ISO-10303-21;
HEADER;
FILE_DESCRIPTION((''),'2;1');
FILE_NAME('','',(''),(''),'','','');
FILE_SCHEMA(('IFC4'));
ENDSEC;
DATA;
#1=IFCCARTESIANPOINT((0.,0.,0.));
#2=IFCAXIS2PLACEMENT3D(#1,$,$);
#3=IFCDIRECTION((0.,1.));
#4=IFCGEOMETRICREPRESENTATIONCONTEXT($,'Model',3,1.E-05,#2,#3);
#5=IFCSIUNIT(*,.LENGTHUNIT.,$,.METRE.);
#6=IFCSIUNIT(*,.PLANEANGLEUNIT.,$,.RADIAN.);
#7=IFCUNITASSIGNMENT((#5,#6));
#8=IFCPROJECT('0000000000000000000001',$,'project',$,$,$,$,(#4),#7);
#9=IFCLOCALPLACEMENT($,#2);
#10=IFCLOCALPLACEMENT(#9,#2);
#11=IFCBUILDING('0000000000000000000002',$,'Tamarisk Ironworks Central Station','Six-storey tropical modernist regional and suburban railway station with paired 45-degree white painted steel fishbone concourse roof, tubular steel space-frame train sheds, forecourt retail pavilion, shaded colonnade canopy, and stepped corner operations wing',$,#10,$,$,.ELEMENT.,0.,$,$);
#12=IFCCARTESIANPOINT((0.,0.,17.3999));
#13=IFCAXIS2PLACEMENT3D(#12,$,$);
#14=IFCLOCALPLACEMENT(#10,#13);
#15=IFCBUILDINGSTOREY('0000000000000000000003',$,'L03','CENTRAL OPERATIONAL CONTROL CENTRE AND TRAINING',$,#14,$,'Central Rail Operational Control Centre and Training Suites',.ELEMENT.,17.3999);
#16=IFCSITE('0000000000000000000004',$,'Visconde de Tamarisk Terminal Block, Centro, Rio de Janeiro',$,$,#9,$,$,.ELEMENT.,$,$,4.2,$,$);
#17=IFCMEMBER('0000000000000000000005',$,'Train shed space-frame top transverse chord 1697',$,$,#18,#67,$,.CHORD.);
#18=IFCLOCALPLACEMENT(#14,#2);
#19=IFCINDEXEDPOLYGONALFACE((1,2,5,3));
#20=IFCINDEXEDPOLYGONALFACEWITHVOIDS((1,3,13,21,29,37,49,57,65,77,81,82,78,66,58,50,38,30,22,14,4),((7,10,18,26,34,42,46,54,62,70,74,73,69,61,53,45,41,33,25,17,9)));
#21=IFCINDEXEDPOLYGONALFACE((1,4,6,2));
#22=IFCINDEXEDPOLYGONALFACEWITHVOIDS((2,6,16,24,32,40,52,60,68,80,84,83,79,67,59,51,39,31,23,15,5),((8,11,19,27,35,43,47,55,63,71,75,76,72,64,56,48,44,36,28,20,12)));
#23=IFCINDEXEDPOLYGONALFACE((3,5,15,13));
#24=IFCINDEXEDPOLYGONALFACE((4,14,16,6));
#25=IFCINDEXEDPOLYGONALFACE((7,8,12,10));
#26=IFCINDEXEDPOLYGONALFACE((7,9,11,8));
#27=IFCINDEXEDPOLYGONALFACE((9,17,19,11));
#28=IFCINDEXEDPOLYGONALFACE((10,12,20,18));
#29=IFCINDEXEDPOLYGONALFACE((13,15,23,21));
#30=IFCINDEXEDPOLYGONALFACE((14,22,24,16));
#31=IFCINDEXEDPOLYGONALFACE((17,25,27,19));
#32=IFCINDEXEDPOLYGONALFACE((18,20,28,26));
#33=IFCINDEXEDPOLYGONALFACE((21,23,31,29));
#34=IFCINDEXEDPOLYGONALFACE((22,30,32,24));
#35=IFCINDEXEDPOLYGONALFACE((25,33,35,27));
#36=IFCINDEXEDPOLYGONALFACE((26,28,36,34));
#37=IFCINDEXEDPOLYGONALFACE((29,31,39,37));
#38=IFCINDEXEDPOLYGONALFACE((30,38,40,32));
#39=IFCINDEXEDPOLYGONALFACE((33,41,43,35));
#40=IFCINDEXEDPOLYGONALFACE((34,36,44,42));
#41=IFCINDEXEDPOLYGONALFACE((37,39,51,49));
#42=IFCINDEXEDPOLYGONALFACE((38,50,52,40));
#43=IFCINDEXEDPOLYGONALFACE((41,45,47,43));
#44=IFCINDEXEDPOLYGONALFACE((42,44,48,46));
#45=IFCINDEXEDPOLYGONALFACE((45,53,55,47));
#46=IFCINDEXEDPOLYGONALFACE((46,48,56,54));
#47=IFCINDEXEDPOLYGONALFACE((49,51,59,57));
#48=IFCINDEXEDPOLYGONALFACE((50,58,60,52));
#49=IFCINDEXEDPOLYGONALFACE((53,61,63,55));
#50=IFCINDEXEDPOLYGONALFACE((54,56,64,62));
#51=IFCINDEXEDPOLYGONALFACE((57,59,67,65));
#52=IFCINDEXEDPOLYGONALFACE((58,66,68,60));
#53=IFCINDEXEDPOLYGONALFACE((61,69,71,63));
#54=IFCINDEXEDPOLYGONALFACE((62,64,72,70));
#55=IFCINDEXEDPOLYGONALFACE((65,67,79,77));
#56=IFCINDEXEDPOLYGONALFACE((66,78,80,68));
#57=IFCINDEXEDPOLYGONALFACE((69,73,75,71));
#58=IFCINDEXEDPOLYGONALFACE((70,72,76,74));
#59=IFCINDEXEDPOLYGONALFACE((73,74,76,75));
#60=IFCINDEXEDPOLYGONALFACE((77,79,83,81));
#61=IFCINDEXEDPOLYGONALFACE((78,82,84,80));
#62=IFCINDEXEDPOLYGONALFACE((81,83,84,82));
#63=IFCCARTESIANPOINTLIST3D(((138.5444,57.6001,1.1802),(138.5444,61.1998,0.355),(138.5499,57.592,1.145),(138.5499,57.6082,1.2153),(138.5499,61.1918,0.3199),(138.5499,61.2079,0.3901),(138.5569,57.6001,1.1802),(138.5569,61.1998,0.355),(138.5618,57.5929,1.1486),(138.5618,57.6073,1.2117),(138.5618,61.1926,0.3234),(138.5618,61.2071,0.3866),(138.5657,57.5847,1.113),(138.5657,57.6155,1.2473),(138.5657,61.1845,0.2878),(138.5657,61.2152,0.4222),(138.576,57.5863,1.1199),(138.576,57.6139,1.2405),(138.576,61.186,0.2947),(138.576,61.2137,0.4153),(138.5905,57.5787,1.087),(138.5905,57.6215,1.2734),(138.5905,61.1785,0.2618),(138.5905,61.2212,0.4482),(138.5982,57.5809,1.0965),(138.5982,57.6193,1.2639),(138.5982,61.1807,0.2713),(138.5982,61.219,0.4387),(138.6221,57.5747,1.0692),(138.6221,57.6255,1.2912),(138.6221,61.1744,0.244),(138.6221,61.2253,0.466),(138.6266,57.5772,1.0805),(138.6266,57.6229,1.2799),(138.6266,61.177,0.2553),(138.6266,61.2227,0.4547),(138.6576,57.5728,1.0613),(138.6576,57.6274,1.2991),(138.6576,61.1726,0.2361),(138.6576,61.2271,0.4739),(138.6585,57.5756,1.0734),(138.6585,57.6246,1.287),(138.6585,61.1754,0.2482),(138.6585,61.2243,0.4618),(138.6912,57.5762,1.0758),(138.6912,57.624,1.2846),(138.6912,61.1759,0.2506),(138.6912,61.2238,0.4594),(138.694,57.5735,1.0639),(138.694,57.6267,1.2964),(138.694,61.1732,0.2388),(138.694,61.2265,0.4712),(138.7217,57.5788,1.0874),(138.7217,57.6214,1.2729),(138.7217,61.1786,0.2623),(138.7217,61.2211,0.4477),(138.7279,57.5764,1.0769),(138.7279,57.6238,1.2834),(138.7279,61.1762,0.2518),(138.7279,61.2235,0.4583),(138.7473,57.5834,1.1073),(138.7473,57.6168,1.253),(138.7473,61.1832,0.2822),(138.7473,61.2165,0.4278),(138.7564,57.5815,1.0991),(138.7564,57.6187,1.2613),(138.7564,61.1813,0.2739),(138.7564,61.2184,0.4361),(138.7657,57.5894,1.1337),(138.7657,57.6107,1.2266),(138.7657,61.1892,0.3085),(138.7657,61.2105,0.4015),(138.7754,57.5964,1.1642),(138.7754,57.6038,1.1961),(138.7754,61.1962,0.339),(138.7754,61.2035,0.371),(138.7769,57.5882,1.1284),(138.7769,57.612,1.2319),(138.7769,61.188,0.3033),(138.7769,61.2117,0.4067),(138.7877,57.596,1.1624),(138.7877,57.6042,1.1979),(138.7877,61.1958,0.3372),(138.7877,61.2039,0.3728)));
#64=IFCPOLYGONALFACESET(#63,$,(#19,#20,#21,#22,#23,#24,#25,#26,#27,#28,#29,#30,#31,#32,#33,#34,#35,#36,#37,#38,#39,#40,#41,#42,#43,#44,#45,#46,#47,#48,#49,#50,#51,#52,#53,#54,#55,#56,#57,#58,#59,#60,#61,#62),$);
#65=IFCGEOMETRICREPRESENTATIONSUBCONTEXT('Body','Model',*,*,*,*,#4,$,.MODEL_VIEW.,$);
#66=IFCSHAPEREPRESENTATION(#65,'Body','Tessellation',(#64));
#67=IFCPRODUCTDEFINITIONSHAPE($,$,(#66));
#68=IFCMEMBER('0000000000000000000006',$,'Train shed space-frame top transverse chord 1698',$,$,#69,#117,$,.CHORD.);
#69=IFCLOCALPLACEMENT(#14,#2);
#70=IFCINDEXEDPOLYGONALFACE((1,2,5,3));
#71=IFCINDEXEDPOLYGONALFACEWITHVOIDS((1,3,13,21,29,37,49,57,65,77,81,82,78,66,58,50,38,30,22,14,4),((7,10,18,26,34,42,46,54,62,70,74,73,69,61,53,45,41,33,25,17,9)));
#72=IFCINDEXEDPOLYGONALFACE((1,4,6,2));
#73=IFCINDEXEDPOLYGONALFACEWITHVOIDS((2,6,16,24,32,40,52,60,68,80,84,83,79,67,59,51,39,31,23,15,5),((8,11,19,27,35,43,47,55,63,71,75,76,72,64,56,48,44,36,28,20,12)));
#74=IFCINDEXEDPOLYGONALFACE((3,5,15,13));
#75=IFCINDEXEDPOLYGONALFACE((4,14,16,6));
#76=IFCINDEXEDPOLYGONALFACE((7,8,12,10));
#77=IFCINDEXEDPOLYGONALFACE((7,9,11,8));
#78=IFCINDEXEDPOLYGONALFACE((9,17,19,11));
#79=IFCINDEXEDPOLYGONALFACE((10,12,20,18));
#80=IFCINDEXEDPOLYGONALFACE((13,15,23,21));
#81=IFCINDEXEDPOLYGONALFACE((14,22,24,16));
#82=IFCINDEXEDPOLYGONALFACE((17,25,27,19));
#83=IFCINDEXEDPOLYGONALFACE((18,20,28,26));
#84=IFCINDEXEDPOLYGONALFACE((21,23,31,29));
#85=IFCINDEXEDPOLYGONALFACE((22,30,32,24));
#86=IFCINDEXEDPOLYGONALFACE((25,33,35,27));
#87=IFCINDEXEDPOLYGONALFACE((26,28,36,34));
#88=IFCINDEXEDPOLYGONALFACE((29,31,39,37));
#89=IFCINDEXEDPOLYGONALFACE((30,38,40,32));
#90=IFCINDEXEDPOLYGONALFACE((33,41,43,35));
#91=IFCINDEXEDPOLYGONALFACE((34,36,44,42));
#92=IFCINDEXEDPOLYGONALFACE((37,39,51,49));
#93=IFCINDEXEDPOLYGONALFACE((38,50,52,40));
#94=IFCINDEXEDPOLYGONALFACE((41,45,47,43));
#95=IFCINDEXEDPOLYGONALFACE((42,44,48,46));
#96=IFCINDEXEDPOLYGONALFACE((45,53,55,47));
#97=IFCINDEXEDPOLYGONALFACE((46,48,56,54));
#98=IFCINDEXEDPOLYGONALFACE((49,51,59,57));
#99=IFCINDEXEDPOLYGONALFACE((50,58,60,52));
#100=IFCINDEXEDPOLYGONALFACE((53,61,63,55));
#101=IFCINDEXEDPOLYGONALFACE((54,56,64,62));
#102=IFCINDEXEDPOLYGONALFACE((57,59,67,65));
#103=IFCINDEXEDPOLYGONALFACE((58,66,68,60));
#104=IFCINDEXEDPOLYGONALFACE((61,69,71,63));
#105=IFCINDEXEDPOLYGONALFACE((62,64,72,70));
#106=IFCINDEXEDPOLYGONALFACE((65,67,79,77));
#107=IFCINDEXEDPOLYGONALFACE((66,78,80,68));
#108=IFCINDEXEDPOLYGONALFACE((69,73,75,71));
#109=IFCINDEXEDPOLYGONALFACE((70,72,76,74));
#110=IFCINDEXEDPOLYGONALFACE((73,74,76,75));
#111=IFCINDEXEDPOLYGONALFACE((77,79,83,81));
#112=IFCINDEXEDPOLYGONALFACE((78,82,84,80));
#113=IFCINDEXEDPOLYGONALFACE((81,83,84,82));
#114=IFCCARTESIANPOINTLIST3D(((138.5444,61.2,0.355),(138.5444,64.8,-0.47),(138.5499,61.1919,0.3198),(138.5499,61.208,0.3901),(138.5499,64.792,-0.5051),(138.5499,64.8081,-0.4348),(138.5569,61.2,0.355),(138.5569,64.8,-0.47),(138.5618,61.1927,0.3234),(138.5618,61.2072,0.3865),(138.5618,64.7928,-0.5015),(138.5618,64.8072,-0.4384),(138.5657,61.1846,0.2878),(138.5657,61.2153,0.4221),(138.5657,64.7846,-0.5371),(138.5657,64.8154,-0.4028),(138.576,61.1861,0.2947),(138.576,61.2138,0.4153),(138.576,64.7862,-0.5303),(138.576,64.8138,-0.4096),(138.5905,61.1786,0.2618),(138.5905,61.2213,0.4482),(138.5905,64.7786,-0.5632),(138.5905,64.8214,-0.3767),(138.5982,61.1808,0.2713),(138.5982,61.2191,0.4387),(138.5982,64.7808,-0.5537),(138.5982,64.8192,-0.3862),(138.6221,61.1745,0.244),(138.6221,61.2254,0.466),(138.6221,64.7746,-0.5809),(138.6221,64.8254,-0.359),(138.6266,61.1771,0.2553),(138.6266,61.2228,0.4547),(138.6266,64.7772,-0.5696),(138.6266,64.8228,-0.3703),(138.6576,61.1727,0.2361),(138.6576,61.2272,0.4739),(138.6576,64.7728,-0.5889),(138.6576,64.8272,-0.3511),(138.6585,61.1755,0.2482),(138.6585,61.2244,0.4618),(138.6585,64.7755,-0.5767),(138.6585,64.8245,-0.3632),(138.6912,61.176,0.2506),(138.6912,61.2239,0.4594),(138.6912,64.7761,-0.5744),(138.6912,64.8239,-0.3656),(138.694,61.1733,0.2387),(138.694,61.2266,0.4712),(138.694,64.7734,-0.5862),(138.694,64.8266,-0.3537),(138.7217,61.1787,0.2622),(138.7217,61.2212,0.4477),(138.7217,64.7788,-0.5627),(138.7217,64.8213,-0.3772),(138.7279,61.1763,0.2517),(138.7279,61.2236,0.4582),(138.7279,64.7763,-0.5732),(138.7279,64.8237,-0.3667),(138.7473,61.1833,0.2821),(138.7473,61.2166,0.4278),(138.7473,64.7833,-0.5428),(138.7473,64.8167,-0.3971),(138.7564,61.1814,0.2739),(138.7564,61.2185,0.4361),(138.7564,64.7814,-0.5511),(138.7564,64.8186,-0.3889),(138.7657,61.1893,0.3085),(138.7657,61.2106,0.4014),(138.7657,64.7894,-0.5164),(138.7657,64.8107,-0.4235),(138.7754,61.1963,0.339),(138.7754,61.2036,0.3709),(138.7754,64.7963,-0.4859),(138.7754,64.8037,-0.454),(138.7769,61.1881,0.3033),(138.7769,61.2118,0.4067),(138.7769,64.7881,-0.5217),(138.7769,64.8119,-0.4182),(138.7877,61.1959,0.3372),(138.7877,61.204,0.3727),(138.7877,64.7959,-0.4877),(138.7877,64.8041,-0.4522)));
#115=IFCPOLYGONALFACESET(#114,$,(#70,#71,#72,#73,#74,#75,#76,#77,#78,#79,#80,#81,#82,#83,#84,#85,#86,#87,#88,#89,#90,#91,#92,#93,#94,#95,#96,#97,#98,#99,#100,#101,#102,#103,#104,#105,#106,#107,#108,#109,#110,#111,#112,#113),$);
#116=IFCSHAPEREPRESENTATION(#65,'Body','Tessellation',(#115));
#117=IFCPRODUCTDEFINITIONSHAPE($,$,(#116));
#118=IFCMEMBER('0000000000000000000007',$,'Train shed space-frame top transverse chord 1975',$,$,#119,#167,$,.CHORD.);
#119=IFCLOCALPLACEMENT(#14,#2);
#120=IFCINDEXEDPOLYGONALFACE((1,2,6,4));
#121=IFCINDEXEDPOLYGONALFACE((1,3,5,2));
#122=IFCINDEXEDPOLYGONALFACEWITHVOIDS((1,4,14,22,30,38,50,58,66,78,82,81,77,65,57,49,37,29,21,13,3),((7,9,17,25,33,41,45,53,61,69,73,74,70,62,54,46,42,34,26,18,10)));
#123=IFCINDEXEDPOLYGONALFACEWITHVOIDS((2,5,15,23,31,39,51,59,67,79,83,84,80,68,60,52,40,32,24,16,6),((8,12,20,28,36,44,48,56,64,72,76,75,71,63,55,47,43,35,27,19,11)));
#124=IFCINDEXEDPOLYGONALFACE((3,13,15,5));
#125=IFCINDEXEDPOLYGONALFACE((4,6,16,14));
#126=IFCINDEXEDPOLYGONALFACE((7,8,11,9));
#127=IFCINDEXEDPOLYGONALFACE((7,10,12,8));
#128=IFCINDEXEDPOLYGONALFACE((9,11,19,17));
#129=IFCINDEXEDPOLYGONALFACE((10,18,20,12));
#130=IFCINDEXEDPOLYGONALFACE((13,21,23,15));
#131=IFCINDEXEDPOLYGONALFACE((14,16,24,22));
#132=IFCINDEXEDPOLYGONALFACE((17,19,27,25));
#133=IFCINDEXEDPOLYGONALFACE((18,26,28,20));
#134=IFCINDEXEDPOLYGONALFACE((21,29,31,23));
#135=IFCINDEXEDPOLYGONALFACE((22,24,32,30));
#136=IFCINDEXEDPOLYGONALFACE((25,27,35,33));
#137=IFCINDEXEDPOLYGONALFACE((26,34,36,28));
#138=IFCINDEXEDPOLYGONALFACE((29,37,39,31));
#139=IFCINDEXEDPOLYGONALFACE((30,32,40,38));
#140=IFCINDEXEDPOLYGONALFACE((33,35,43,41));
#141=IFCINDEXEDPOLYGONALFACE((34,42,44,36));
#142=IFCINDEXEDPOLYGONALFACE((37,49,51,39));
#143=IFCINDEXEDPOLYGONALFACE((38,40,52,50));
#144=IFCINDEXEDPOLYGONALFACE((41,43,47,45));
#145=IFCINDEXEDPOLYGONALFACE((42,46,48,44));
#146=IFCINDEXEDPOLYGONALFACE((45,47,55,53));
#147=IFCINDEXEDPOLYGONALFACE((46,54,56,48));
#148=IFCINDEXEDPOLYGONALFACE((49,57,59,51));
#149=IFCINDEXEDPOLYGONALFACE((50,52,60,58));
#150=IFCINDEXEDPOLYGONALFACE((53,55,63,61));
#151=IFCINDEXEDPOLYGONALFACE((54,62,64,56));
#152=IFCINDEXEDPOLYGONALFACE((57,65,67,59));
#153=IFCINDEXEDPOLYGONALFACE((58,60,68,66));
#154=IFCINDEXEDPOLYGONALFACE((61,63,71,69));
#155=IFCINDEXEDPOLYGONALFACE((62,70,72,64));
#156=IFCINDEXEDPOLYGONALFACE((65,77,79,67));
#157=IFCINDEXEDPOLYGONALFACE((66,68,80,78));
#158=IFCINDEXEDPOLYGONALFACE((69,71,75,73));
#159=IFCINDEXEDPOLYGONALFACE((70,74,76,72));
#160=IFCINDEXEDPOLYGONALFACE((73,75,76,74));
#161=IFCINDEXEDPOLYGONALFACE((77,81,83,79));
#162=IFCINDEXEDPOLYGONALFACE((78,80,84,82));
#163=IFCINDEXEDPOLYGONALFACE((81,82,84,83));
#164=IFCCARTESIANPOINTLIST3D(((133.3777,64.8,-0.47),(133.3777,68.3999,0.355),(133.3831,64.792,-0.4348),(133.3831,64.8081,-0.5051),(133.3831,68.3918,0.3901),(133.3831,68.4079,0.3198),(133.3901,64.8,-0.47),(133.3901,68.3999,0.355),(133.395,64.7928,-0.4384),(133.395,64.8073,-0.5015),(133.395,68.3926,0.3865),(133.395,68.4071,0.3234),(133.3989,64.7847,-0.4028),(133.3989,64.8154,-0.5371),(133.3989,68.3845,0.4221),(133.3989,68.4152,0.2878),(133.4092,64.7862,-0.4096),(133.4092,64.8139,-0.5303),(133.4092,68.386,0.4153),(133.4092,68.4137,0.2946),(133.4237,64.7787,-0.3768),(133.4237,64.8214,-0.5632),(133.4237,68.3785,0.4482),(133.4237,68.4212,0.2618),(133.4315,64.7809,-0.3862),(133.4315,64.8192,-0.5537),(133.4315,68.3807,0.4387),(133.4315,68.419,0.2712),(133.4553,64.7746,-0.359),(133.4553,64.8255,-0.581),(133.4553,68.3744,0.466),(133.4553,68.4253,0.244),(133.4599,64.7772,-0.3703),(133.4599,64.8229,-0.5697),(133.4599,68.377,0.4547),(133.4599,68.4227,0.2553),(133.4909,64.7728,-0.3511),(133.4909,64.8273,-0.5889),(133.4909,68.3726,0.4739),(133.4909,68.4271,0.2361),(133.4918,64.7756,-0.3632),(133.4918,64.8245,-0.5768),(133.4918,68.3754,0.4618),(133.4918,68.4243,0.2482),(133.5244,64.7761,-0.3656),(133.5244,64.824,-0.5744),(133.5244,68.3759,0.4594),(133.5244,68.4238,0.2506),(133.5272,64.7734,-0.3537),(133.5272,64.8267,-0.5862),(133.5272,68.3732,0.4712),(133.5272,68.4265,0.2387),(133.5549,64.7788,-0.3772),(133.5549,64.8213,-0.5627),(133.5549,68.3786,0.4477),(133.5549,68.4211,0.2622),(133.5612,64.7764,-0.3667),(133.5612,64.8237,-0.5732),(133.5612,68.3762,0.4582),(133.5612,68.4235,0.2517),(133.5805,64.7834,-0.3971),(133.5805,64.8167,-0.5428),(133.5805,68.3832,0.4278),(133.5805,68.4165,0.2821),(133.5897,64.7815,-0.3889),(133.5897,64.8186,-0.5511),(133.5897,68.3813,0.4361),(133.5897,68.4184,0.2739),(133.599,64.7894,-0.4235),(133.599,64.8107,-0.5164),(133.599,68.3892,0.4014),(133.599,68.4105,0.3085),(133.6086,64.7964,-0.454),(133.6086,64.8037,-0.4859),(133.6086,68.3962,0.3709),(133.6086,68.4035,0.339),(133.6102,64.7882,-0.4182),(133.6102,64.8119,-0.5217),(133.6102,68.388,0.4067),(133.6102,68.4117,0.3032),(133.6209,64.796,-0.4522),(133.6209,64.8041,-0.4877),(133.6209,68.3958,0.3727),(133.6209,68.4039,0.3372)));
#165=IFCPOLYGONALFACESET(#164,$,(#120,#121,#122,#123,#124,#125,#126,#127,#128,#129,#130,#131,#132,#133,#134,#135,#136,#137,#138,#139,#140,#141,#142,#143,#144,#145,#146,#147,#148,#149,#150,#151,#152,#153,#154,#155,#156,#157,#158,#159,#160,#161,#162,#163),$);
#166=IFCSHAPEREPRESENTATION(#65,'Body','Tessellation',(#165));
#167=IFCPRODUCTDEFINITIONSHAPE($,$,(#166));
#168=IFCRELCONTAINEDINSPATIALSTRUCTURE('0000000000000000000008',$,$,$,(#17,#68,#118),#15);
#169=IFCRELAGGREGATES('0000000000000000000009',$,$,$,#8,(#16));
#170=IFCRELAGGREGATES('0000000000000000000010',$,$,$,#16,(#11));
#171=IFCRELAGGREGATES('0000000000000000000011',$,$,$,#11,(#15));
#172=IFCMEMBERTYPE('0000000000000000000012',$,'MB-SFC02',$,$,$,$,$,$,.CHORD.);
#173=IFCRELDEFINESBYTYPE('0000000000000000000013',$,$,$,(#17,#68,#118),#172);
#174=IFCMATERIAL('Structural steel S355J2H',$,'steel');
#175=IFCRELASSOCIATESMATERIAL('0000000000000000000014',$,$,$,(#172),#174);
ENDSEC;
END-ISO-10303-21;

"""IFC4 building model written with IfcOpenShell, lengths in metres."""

from ifc_helpers import new_model, si_unit, direction, frame, origin, origin_2d, place, context, subcontext, project, spatial, hollow_circle, extrude, material, material_profile, profile_set, type_object, element, save


model = new_model("IFC4")

# Units and contexts
model_context = context("Model", 3, precision=1e-05, world=origin(), true_north=direction((0.0, 1.0)))
body_context = subcontext(model_context, "Body", "Model", "MODEL_VIEW")
ifc_project = project(units=[si_unit("LENGTHUNIT", "METRE"), si_unit("PLANEANGLEUNIT", "RADIAN")], contexts=[model_context])

# Site, building, storey
site_placement = place(None, origin())
site = spatial("IfcSite", under=ifc_project, at=site_placement, Name="Visconde de Tamarisk Terminal Block, Centro, Rio de Janeiro", CompositionType="ELEMENT", RefElevation=4.2)
building_placement = place(site_placement, origin())
building = spatial("IfcBuilding", under=site, at=building_placement, Name="Tamarisk Ironworks Central Station", Description="Six-storey tropical modernist regional and suburban railway station with paired 45-degree white painted steel fishbone concourse roof, tubular steel space-frame train sheds, forecourt retail pavilion, shaded colonnade canopy, and stepped corner operations wing", CompositionType="ELEMENT", ElevationOfRefHeight=0.0)
storey_placement = place(building_placement, frame((0.0, 0.0, 17.3999)))
storey = spatial("IfcBuildingStorey", under=building, at=storey_placement, Name="L03", Description="CENTRAL OPERATIONAL CONTROL CENTRE AND TRAINING", LongName="Central Rail Operational Control Centre and Training Suites", CompositionType="ELEMENT", Elevation=17.3999)

# Members
ifc_material = material(Name="Structural steel S355J2H", Category="steel")
ifc_material_profile_1 = material_profile(ifc_material, hollow_circle(Radius=0.1223, WallThickness=0.0125, at=origin_2d()), Name="CHS 244.5x12.5")
ifc_profile_set_1 = profile_set([ifc_material_profile_1], Name="Structural steel S355J2H")
member_type_1 = type_object("IfcMemberType", Name="MB-SFC02", PredefinedType="CHORD", material=ifc_profile_set_1)
member_1_placement = place(storey_placement, frame((138.6667, 57.6001, 1.1802), z_axis=(0.0, 0.974719, -0.223435), x_axis=(-1.0, 0.0, 0.0)))
element("IfcMember", 1, at=member_1_placement, inside=storey, type_object=member_type_1, Name="Train shed space-frame top transverse chord 1697", PredefinedType="CHORD", context=body_context, shape_type="SweptSolid", body=[
    extrude(hollow_circle(Radius=0.1223, WallThickness=0.0125, at=origin_2d()), origin(), (0.0, 0.0, 1.0), 3.6931),
])
member_2_placement = place(storey_placement, frame((138.6667, 61.2, 0.355), z_axis=(0.0, 0.974737, -0.223358), x_axis=(-1.0, 0.0, 0.0)))
element("IfcMember", 2, at=member_2_placement, inside=storey, type_object=member_type_1, Name="Train shed space-frame top transverse chord 1698", PredefinedType="CHORD", context=body_context, shape_type="SweptSolid", body=[
    extrude(hollow_circle(Radius=0.1223, WallThickness=0.0125, at=origin_2d()), origin(), (0.0, 0.0, 1.0), 3.6934),
])
member_3_placement = place(storey_placement, frame((133.5, 64.8, -0.47), z_axis=(0.0, 0.974733, 0.223372), x_axis=(-1.0, 0.0, 0.0)))
element("IfcMember", 3, at=member_3_placement, inside=storey, type_object=member_type_1, Name="Train shed space-frame top transverse chord 1975", PredefinedType="CHORD", context=body_context, shape_type="SweptSolid", body=[
    extrude(hollow_circle(Radius=0.1223, WallThickness=0.0125, at=origin_2d()), origin(), (0.0, 0.0, 1.0), 3.6931),
])

save(model, "model.ifc")
